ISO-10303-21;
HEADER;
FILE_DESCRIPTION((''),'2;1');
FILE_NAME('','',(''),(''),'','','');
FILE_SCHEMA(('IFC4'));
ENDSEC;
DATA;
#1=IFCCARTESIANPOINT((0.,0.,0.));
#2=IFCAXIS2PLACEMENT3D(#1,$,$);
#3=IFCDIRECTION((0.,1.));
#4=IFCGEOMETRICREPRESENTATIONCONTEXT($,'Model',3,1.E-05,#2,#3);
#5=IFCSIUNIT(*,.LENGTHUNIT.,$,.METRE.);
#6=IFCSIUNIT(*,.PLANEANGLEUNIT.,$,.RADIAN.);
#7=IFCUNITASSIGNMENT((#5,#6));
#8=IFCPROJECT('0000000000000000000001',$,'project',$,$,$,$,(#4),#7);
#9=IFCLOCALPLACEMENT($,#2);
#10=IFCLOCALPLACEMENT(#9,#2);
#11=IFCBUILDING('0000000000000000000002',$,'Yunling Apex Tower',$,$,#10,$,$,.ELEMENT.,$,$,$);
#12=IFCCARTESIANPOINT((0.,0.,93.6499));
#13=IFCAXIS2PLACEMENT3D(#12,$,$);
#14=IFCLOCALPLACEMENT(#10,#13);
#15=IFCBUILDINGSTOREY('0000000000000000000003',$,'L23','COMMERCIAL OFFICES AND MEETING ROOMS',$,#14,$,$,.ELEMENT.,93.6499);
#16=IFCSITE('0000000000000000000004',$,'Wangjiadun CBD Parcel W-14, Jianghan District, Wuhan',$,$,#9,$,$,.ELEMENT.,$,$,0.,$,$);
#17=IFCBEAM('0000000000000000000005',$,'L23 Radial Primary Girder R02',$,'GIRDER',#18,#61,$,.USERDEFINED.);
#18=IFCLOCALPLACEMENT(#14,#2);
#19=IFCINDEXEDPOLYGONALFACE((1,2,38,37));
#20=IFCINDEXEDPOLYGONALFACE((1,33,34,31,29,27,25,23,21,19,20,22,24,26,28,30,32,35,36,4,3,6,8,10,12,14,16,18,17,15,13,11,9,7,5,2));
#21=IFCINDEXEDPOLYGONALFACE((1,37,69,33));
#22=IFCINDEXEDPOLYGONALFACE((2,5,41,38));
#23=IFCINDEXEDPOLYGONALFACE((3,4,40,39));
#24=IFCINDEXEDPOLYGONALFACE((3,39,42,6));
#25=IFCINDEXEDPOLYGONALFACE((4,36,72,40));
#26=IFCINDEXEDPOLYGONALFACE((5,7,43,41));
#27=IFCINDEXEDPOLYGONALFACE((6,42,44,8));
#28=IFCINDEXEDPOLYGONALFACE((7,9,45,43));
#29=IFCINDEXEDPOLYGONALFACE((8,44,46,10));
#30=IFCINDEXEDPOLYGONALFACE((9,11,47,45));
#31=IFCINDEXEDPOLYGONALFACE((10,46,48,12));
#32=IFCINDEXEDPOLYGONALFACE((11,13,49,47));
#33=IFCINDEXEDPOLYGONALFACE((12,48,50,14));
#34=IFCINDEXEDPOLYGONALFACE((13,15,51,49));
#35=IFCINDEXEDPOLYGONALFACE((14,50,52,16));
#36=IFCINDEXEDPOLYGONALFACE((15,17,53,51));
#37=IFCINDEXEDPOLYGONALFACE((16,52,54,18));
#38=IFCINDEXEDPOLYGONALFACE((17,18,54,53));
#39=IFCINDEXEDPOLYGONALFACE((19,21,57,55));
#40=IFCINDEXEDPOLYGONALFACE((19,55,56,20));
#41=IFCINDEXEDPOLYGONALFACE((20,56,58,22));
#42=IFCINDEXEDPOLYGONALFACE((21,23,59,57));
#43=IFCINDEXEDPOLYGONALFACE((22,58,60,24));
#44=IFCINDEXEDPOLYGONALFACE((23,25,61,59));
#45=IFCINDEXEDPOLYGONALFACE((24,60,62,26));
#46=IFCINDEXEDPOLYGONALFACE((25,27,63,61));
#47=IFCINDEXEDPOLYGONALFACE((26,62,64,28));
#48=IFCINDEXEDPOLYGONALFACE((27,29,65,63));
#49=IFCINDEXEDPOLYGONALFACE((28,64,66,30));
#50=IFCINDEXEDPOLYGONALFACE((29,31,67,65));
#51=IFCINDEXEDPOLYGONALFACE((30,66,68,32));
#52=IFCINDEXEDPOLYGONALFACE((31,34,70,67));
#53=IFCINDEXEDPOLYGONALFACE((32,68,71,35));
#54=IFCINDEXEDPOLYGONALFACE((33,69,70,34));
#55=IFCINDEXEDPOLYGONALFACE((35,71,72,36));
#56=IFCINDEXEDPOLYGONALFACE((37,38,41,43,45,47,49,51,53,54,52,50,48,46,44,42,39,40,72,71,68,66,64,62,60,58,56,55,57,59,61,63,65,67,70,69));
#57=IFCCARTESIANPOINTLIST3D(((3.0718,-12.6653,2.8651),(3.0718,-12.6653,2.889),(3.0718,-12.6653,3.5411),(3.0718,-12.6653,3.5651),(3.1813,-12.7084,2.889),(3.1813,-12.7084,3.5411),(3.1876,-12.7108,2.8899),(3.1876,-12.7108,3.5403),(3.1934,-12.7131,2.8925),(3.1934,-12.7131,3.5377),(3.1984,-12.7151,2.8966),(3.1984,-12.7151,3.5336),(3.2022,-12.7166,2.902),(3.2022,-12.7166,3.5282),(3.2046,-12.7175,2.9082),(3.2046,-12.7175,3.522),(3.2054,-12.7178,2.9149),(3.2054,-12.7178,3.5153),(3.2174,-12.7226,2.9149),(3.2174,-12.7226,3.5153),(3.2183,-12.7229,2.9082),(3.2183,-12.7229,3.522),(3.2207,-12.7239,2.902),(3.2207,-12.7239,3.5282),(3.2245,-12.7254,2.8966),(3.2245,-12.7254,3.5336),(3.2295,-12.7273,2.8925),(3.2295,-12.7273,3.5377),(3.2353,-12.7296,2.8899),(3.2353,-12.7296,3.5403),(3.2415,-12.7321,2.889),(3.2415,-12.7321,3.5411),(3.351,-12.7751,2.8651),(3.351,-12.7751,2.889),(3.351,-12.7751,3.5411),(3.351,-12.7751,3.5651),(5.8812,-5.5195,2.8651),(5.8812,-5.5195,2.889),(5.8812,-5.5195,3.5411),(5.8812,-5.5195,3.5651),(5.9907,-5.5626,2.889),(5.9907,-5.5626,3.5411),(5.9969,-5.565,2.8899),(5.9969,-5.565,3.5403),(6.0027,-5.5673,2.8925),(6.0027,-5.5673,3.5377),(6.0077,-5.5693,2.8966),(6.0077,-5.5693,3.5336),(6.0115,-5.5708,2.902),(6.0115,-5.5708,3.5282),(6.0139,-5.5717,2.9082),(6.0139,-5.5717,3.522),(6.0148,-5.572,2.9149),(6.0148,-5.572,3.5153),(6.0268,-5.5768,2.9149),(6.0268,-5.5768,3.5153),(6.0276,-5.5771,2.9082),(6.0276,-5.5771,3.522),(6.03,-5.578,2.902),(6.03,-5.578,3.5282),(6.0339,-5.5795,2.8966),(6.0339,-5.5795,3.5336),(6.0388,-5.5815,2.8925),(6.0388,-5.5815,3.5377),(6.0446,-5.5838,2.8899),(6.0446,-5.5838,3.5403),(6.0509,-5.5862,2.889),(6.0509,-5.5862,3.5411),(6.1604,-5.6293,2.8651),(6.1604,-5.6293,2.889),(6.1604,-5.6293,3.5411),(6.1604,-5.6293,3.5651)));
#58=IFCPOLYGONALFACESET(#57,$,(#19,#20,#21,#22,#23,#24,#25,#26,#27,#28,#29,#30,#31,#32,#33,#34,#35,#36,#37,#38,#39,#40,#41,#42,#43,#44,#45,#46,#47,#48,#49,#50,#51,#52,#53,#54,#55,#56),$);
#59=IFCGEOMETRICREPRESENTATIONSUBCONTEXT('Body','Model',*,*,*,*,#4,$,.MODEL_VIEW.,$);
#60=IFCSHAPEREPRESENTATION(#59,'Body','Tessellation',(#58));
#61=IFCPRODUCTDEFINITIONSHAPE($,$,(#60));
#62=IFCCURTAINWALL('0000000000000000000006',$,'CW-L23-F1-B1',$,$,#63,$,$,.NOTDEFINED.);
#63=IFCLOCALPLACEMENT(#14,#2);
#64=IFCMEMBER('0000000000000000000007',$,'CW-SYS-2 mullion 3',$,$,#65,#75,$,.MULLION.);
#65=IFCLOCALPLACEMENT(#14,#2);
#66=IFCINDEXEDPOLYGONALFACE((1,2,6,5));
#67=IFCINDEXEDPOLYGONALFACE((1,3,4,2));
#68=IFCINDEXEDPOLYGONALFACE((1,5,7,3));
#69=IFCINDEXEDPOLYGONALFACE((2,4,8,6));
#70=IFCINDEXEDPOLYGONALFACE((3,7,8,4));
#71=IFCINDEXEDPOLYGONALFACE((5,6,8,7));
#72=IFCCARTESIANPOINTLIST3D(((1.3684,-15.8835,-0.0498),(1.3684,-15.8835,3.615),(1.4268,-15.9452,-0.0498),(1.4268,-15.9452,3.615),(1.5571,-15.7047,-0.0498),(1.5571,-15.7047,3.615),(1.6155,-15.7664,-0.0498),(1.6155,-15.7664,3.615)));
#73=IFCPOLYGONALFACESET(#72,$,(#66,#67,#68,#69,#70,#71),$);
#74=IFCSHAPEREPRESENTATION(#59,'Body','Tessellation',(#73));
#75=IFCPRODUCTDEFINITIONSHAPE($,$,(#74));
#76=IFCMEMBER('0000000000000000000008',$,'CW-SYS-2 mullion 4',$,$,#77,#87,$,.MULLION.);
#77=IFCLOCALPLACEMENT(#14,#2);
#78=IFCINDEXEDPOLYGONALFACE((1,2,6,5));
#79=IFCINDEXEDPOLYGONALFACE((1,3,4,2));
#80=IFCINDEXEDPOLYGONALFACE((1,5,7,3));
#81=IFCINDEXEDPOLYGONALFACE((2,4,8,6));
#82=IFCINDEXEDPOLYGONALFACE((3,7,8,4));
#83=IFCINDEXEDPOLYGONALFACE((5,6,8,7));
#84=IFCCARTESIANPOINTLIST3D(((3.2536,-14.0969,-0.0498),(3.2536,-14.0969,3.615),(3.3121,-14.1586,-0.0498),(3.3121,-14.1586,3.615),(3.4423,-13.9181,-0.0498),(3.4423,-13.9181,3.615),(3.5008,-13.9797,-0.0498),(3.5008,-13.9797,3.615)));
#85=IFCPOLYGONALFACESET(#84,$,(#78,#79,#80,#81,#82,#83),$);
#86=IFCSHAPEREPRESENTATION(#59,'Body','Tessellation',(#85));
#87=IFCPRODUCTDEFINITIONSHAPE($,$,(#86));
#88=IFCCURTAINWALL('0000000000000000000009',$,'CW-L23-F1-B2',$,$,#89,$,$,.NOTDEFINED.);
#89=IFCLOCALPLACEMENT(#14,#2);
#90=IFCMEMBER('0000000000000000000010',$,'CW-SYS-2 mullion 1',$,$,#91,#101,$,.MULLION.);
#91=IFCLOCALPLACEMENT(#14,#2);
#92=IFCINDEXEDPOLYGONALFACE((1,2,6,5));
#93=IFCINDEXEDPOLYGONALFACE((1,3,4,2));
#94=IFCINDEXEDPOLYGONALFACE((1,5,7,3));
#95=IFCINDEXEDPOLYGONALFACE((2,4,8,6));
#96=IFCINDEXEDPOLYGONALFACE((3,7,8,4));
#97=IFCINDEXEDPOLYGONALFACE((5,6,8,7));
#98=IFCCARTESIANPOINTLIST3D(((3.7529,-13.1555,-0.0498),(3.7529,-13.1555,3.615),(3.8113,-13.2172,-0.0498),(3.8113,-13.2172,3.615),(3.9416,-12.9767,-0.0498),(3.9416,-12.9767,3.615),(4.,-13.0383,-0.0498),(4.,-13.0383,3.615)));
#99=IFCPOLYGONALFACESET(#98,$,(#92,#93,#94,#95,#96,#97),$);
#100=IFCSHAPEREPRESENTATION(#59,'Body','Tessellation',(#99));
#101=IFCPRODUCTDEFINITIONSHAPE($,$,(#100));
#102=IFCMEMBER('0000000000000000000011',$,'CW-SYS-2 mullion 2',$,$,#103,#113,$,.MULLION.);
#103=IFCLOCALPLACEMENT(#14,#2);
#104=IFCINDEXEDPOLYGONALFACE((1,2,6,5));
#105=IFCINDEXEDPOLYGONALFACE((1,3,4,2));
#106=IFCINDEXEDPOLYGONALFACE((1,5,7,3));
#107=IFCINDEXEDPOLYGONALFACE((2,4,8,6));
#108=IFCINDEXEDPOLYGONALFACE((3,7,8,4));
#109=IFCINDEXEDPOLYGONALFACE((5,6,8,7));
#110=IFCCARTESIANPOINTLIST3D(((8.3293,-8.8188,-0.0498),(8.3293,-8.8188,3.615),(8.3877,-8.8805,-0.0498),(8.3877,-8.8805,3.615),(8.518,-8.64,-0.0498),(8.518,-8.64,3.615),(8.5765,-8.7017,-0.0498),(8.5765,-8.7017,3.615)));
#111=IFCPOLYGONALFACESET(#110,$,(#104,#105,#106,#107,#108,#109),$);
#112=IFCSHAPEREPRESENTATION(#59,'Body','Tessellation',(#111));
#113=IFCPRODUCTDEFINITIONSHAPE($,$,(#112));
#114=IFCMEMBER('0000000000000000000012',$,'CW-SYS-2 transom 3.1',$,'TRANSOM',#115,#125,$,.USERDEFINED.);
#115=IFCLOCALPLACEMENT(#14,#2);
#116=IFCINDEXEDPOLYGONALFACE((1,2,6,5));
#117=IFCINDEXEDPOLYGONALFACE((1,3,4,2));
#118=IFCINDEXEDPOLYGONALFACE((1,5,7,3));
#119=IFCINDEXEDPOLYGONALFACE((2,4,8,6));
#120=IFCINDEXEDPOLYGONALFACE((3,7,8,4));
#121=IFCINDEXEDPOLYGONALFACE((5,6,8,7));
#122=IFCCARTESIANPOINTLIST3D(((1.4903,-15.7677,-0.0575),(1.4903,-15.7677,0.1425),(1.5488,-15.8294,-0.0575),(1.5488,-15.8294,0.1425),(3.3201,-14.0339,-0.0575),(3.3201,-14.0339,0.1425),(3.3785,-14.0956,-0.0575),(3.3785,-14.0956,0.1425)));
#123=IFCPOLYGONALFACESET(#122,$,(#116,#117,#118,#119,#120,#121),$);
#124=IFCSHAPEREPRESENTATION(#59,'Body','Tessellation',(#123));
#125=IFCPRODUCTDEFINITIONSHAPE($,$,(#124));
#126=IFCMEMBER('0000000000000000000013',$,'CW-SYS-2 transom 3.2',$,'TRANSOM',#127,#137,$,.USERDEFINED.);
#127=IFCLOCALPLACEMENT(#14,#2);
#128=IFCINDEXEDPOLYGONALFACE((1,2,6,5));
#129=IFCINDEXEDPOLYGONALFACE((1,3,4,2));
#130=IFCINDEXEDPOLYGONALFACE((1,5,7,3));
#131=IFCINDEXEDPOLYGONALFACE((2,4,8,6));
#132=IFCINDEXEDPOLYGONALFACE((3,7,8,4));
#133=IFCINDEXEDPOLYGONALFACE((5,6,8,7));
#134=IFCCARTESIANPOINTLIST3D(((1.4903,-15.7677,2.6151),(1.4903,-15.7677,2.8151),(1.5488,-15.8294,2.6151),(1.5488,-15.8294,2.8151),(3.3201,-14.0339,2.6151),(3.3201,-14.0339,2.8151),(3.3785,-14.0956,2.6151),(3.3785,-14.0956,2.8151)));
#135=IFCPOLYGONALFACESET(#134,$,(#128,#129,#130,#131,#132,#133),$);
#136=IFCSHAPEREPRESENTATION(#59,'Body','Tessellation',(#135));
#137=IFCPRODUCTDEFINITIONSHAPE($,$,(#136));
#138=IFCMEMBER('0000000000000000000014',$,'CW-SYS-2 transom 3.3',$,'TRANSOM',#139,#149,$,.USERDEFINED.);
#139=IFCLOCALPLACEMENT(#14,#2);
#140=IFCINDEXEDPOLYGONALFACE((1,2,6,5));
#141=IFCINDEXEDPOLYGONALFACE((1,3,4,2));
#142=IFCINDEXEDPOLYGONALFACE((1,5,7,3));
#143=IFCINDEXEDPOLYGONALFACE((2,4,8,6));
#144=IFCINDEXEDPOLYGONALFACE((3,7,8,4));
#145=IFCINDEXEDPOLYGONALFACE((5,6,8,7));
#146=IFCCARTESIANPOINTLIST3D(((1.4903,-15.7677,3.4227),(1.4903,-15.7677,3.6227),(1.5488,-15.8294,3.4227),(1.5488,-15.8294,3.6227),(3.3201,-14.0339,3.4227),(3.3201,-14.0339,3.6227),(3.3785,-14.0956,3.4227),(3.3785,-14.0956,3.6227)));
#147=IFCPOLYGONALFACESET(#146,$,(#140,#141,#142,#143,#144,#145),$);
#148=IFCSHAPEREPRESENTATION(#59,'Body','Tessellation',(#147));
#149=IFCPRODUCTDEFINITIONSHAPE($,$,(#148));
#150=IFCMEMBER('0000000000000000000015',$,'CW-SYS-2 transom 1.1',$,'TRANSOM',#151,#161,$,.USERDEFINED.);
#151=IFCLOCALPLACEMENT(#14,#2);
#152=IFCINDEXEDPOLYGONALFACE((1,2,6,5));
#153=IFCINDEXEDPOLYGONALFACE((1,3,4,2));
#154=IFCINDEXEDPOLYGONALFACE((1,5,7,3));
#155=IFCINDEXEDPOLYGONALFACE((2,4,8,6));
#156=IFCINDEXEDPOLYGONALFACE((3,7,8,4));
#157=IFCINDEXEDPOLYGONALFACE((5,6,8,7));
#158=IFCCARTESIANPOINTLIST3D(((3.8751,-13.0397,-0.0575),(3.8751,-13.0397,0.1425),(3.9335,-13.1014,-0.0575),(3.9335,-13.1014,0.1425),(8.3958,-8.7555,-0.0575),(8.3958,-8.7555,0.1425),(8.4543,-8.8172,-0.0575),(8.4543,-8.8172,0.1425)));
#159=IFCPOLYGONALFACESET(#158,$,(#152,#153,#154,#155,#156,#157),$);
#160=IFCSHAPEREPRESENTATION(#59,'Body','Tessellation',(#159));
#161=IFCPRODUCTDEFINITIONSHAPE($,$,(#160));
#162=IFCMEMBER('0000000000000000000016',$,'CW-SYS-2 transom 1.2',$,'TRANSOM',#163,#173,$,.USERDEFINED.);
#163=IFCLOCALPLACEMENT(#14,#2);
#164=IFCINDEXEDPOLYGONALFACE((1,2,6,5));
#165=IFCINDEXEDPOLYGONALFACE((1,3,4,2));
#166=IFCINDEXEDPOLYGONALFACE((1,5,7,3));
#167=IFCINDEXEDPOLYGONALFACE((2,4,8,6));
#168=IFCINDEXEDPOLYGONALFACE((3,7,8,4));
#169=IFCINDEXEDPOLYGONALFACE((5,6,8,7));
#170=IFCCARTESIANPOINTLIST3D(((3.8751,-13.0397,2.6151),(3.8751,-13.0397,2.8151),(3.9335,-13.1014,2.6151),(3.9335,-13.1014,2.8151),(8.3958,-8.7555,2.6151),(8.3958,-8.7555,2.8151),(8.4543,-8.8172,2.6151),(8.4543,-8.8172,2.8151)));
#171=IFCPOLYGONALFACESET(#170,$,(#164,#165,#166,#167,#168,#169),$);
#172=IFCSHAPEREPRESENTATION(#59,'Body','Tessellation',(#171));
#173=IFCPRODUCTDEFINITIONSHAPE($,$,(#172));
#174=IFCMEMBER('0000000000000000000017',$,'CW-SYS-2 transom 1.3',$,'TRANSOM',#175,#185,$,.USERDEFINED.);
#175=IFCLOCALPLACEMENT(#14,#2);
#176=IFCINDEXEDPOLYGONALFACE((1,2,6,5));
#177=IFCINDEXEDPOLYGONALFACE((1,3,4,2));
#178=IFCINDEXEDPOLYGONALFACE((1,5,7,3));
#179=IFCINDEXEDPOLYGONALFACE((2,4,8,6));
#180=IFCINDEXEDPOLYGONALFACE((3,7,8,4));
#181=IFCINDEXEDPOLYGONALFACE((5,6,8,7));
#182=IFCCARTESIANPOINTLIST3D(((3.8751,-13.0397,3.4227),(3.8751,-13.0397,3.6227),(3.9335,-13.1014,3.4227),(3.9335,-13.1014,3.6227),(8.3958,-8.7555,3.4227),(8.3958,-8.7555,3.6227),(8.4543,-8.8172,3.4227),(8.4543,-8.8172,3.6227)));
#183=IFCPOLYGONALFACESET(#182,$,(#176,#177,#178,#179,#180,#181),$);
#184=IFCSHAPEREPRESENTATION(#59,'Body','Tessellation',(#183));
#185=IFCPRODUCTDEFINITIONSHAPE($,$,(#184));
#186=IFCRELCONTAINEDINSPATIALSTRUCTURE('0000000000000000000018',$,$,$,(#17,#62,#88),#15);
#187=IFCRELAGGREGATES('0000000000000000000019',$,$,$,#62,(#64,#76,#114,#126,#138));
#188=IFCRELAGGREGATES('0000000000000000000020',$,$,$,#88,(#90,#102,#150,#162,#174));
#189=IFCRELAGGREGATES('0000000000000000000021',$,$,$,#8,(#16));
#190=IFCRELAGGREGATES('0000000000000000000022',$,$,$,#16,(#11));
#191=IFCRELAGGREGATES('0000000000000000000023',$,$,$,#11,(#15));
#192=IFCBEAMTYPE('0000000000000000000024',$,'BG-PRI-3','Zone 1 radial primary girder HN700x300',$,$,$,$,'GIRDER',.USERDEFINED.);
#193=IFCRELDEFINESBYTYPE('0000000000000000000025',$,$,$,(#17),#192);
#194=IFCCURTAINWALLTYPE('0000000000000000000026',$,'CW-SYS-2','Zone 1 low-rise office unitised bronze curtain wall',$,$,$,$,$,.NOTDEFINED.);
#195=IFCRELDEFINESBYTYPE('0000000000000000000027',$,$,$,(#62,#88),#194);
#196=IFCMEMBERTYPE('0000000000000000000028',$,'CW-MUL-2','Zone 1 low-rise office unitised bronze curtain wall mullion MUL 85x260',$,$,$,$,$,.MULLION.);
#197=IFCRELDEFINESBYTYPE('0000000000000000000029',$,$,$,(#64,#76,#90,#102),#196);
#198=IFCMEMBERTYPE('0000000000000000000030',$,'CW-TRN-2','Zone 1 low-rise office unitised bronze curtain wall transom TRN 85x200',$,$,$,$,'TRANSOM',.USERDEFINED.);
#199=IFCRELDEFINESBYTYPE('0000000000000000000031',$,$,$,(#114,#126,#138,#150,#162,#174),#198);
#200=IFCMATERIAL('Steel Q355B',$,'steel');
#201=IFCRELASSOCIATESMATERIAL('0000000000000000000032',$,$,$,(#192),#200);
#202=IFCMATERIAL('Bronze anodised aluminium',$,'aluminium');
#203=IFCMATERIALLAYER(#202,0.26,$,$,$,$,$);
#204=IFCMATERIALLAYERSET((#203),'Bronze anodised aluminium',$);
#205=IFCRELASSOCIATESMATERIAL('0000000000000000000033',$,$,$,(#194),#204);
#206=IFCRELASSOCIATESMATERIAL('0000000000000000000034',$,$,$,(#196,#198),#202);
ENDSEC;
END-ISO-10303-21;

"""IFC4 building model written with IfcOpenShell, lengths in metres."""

from ifc_helpers import new_model, si_unit, direction, frame, origin, origin_2d, place, context, subcontext, project, spatial, rectangle, i_section, extrude, source, transform, mapped, material, layer, layer_set, material_profile, profile_set, type_object, element, aggregate, save


model = new_model("IFC4")

# Units and contexts
model_context = context("Model", 3, precision=1e-05, world=origin(), true_north=direction((0.0, 1.0)))
body_context = subcontext(model_context, "Body", "Model", "MODEL_VIEW")
ifc_project = project(units=[si_unit("LENGTHUNIT", "METRE"), si_unit("PLANEANGLEUNIT", "RADIAN")], contexts=[model_context])

# Site, building, storey
site_placement = place(None, origin())
site = spatial("IfcSite", under=ifc_project, at=site_placement, Name="Wangjiadun CBD Parcel W-14, Jianghan District, Wuhan", CompositionType="ELEMENT", RefElevation=0.0)
building_placement = place(site_placement, origin())
building = spatial("IfcBuilding", under=site, at=building_placement, Name="Yunling Apex Tower", CompositionType="ELEMENT")
storey_placement = place(building_placement, frame((0.0, 0.0, 93.6499)))
storey = spatial("IfcBuildingStorey", under=building, at=storey_placement, Name="L23", Description="COMMERCIAL OFFICES AND MEETING ROOMS", CompositionType="ELEMENT", Elevation=93.6499)

# Beam
ifc_material_1 = material(Name="Steel Q355B", Category="steel")
ifc_material_profile_1 = material_profile(ifc_material_1, i_section(OverallWidth=0.3, OverallDepth=0.7, WebThickness=0.0129, FlangeThickness=0.0239, FilletRadius=0.0259, at=origin_2d()))
ifc_profile_set_1 = profile_set([ifc_material_profile_1], Name="Steel Q355B")
beam_type_1 = type_object("IfcBeamType", Name="BG-PRI-3", Description="Zone 1 radial primary girder HN700x300", ElementType="GIRDER", PredefinedType="USERDEFINED", material=ifc_profile_set_1)
shared_shape_1 = source(origin(), body_context, "Body", "SweptSolid", [
    extrude(i_section(OverallWidth=0.3, OverallDepth=0.7, WebThickness=0.0129, FlangeThickness=0.0239, FilletRadius=0.0259, at=origin_2d()), origin(), (0.0, 0.0, 1.0), 7.6782),
])
beam_1_placement = place(storey_placement, frame((3.2114, -12.7202, 3.2151), z_axis=(0.365886, 0.93066, 0.0), x_axis=(-0.93066, 0.365886, 0.0)))
element("IfcBeam", 1, at=beam_1_placement, inside=storey, type_object=beam_type_1, Name="L23 Radial Primary Girder R02", ObjectType="GIRDER", PredefinedType="USERDEFINED", context=body_context, shape_type="MappedRepresentation", body=[
    mapped(shared_shape_1, transform((0.0, 0.0, 0.0), scale=1.0)),
])

# Curtain walls, members
ifc_material_2 = material(Name="Bronze anodised aluminium", Category="aluminium")
ifc_layer_1 = layer(ifc_material_2, 0.26)
ifc_layer_set_1 = layer_set([ifc_layer_1], Name="Bronze anodised aluminium")
curtain_wall_type = type_object("IfcCurtainWallType", Name="CW-SYS-2", Description="Zone 1 low-rise office unitised bronze curtain wall", PredefinedType="NOTDEFINED", material=ifc_layer_set_1)
curtain_wall_1_placement = place(storey_placement, origin())
curtain_wall_1 = element("IfcCurtainWall", 2, at=curtain_wall_1_placement, inside=storey, type_object=curtain_wall_type, Name="CW-L23-F1-B1", PredefinedType="NOTDEFINED")
ifc_material_profile_2 = material_profile(ifc_material_2, rectangle(XDim=0.085, YDim=0.26, at=origin_2d()))
ifc_profile_set_2 = profile_set([ifc_material_profile_2], Name="Bronze anodised aluminium")
member_type_1 = type_object("IfcMemberType", Name="CW-MUL-2", Description="Zone 1 low-rise office unitised bronze curtain wall mullion MUL 85x260", PredefinedType="MULLION", material=ifc_profile_set_2)
shared_shape_2 = source(origin(), body_context, "Body", "SweptSolid", [
    extrude(rectangle(XDim=0.085, YDim=0.26, at=origin_2d()), origin(), (0.0, 0.0, 1.0), 3.6648),
])
member_1_placement = place(storey_placement, frame((1.4919, -15.825, -0.0498), z_axis=(0.0, 0.0, 1.0), x_axis=(-0.687861, 0.725842, 0.0)))
member_1 = element("IfcMember", 3, at=member_1_placement, type_object=member_type_1, Name="CW-SYS-2 mullion 3", PredefinedType="MULLION", context=body_context, shape_type="MappedRepresentation", body=[
    mapped(shared_shape_2, transform((0.0, 0.0, 0.0), scale=1.0)),
])
member_2_placement = place(storey_placement, frame((3.3772, -14.0383, -0.0498), z_axis=(0.0, 0.0, 1.0), x_axis=(-0.687861, 0.725842, 0.0)))
member_2 = element("IfcMember", 4, at=member_2_placement, type_object=member_type_1, Name="CW-SYS-2 mullion 4", PredefinedType="MULLION", context=body_context, shape_type="MappedRepresentation", body=[
    mapped(shared_shape_2, transform((0.0, 0.0, 0.0), scale=1.0)),
])
curtain_wall_2_placement = place(storey_placement, origin())
curtain_wall_2 = element("IfcCurtainWall", 5, at=curtain_wall_2_placement, inside=storey, type_object=curtain_wall_type, Name="CW-L23-F1-B2", PredefinedType="NOTDEFINED")
member_3_placement = place(storey_placement, frame((3.8765, -13.0969, -0.0498), z_axis=(0.0, 0.0, 1.0), x_axis=(-0.687844, 0.725858, 0.0)))
member_3 = element("IfcMember", 6, at=member_3_placement, type_object=member_type_1, Name="CW-SYS-2 mullion 1", PredefinedType="MULLION", context=body_context, shape_type="MappedRepresentation", body=[
    mapped(shared_shape_2, transform((0.0, 0.0, 0.0), scale=1.0)),
])
member_4_placement = place(storey_placement, frame((8.4529, -8.7603, -0.0498), z_axis=(0.0, 0.0, 1.0), x_axis=(-0.687844, 0.725858, 0.0)))
member_4 = element("IfcMember", 7, at=member_4_placement, type_object=member_type_1, Name="CW-SYS-2 mullion 2", PredefinedType="MULLION", context=body_context, shape_type="MappedRepresentation", body=[
    mapped(shared_shape_2, transform((0.0, 0.0, 0.0), scale=1.0)),
])

# Members
ifc_material_profile_3 = material_profile(ifc_material_2, rectangle(XDim=0.085, YDim=0.2, at=origin_2d()))
ifc_profile_set_3 = profile_set([ifc_material_profile_3], Name="Bronze anodised aluminium")
member_type_2 = type_object("IfcMemberType", Name="CW-TRN-2", Description="Zone 1 low-rise office unitised bronze curtain wall transom TRN 85x200", ElementType="TRANSOM", PredefinedType="USERDEFINED", material=ifc_profile_set_3)
shared_shape_3 = source(origin(), body_context, "Body", "SweptSolid", [
    extrude(rectangle(XDim=0.085, YDim=0.2, at=origin_2d()), origin(), (0.0, 0.0, 1.0), 2.5208),
])
member_5_placement = place(storey_placement, frame((1.5195, -15.7986, 0.0425), z_axis=(0.725881, 0.68782, 0.0), x_axis=(-0.68782, 0.725881, 0.0)))
member_5 = element("IfcMember", 8, at=member_5_placement, type_object=member_type_2, Name="CW-SYS-2 transom 3.1", ObjectType="TRANSOM", PredefinedType="USERDEFINED", context=body_context, shape_type="MappedRepresentation", body=[
    mapped(shared_shape_3, transform((0.0, 0.0, 0.0), scale=1.0)),
])
member_6_placement = place(storey_placement, frame((1.5195, -15.7986, 2.7151), z_axis=(0.725881, 0.68782, 0.0), x_axis=(-0.68782, 0.725881, 0.0)))
member_6 = element("IfcMember", 9, at=member_6_placement, type_object=member_type_2, Name="CW-SYS-2 transom 3.2", ObjectType="TRANSOM", PredefinedType="USERDEFINED", context=body_context, shape_type="MappedRepresentation", body=[
    mapped(shared_shape_3, transform((0.0, 0.0, 0.0), scale=1.0)),
])
member_7_placement = place(storey_placement, frame((1.5195, -15.7986, 3.5227), z_axis=(0.725881, 0.68782, 0.0), x_axis=(-0.68782, 0.725881, 0.0)))
member_7 = element("IfcMember", 10, at=member_7_placement, type_object=member_type_2, Name="CW-SYS-2 transom 3.3", ObjectType="TRANSOM", PredefinedType="USERDEFINED", context=body_context, shape_type="MappedRepresentation", body=[
    mapped(shared_shape_3, transform((0.0, 0.0, 0.0), scale=1.0)),
])
shared_shape_4 = source(origin(), body_context, "Body", "SweptSolid", [
    extrude(rectangle(XDim=0.085, YDim=0.2, at=origin_2d()), origin(), (0.0, 0.0, 1.0), 6.2283),
])
member_8_placement = place(storey_placement, frame((3.9043, -13.0706, 0.0425), z_axis=(0.725843, 0.68786, 0.0), x_axis=(-0.68786, 0.725843, 0.0)))
member_8 = element("IfcMember", 11, at=member_8_placement, type_object=member_type_2, Name="CW-SYS-2 transom 1.1", ObjectType="TRANSOM", PredefinedType="USERDEFINED", context=body_context, shape_type="MappedRepresentation", body=[
    mapped(shared_shape_4, transform((0.0, 0.0, 0.0), scale=1.0)),
])
member_9_placement = place(storey_placement, frame((3.9043, -13.0706, 2.7151), z_axis=(0.725843, 0.68786, 0.0), x_axis=(-0.68786, 0.725843, 0.0)))
member_9 = element("IfcMember", 12, at=member_9_placement, type_object=member_type_2, Name="CW-SYS-2 transom 1.2", ObjectType="TRANSOM", PredefinedType="USERDEFINED", context=body_context, shape_type="MappedRepresentation", body=[
    mapped(shared_shape_4, transform((0.0, 0.0, 0.0), scale=1.0)),
])
member_10_placement = place(storey_placement, frame((3.9043, -13.0706, 3.5227), z_axis=(0.725843, 0.68786, 0.0), x_axis=(-0.68786, 0.725843, 0.0)))
member_10 = element("IfcMember", 13, at=member_10_placement, type_object=member_type_2, Name="CW-SYS-2 transom 1.3", ObjectType="TRANSOM", PredefinedType="USERDEFINED", context=body_context, shape_type="MappedRepresentation", body=[
    mapped(shared_shape_4, transform((0.0, 0.0, 0.0), scale=1.0)),
])

aggregate(curtain_wall_1, [member_1, member_2, member_5, member_6, member_7])
aggregate(curtain_wall_2, [member_3, member_4, member_8, member_9, member_10])

save(model, "model.ifc")
